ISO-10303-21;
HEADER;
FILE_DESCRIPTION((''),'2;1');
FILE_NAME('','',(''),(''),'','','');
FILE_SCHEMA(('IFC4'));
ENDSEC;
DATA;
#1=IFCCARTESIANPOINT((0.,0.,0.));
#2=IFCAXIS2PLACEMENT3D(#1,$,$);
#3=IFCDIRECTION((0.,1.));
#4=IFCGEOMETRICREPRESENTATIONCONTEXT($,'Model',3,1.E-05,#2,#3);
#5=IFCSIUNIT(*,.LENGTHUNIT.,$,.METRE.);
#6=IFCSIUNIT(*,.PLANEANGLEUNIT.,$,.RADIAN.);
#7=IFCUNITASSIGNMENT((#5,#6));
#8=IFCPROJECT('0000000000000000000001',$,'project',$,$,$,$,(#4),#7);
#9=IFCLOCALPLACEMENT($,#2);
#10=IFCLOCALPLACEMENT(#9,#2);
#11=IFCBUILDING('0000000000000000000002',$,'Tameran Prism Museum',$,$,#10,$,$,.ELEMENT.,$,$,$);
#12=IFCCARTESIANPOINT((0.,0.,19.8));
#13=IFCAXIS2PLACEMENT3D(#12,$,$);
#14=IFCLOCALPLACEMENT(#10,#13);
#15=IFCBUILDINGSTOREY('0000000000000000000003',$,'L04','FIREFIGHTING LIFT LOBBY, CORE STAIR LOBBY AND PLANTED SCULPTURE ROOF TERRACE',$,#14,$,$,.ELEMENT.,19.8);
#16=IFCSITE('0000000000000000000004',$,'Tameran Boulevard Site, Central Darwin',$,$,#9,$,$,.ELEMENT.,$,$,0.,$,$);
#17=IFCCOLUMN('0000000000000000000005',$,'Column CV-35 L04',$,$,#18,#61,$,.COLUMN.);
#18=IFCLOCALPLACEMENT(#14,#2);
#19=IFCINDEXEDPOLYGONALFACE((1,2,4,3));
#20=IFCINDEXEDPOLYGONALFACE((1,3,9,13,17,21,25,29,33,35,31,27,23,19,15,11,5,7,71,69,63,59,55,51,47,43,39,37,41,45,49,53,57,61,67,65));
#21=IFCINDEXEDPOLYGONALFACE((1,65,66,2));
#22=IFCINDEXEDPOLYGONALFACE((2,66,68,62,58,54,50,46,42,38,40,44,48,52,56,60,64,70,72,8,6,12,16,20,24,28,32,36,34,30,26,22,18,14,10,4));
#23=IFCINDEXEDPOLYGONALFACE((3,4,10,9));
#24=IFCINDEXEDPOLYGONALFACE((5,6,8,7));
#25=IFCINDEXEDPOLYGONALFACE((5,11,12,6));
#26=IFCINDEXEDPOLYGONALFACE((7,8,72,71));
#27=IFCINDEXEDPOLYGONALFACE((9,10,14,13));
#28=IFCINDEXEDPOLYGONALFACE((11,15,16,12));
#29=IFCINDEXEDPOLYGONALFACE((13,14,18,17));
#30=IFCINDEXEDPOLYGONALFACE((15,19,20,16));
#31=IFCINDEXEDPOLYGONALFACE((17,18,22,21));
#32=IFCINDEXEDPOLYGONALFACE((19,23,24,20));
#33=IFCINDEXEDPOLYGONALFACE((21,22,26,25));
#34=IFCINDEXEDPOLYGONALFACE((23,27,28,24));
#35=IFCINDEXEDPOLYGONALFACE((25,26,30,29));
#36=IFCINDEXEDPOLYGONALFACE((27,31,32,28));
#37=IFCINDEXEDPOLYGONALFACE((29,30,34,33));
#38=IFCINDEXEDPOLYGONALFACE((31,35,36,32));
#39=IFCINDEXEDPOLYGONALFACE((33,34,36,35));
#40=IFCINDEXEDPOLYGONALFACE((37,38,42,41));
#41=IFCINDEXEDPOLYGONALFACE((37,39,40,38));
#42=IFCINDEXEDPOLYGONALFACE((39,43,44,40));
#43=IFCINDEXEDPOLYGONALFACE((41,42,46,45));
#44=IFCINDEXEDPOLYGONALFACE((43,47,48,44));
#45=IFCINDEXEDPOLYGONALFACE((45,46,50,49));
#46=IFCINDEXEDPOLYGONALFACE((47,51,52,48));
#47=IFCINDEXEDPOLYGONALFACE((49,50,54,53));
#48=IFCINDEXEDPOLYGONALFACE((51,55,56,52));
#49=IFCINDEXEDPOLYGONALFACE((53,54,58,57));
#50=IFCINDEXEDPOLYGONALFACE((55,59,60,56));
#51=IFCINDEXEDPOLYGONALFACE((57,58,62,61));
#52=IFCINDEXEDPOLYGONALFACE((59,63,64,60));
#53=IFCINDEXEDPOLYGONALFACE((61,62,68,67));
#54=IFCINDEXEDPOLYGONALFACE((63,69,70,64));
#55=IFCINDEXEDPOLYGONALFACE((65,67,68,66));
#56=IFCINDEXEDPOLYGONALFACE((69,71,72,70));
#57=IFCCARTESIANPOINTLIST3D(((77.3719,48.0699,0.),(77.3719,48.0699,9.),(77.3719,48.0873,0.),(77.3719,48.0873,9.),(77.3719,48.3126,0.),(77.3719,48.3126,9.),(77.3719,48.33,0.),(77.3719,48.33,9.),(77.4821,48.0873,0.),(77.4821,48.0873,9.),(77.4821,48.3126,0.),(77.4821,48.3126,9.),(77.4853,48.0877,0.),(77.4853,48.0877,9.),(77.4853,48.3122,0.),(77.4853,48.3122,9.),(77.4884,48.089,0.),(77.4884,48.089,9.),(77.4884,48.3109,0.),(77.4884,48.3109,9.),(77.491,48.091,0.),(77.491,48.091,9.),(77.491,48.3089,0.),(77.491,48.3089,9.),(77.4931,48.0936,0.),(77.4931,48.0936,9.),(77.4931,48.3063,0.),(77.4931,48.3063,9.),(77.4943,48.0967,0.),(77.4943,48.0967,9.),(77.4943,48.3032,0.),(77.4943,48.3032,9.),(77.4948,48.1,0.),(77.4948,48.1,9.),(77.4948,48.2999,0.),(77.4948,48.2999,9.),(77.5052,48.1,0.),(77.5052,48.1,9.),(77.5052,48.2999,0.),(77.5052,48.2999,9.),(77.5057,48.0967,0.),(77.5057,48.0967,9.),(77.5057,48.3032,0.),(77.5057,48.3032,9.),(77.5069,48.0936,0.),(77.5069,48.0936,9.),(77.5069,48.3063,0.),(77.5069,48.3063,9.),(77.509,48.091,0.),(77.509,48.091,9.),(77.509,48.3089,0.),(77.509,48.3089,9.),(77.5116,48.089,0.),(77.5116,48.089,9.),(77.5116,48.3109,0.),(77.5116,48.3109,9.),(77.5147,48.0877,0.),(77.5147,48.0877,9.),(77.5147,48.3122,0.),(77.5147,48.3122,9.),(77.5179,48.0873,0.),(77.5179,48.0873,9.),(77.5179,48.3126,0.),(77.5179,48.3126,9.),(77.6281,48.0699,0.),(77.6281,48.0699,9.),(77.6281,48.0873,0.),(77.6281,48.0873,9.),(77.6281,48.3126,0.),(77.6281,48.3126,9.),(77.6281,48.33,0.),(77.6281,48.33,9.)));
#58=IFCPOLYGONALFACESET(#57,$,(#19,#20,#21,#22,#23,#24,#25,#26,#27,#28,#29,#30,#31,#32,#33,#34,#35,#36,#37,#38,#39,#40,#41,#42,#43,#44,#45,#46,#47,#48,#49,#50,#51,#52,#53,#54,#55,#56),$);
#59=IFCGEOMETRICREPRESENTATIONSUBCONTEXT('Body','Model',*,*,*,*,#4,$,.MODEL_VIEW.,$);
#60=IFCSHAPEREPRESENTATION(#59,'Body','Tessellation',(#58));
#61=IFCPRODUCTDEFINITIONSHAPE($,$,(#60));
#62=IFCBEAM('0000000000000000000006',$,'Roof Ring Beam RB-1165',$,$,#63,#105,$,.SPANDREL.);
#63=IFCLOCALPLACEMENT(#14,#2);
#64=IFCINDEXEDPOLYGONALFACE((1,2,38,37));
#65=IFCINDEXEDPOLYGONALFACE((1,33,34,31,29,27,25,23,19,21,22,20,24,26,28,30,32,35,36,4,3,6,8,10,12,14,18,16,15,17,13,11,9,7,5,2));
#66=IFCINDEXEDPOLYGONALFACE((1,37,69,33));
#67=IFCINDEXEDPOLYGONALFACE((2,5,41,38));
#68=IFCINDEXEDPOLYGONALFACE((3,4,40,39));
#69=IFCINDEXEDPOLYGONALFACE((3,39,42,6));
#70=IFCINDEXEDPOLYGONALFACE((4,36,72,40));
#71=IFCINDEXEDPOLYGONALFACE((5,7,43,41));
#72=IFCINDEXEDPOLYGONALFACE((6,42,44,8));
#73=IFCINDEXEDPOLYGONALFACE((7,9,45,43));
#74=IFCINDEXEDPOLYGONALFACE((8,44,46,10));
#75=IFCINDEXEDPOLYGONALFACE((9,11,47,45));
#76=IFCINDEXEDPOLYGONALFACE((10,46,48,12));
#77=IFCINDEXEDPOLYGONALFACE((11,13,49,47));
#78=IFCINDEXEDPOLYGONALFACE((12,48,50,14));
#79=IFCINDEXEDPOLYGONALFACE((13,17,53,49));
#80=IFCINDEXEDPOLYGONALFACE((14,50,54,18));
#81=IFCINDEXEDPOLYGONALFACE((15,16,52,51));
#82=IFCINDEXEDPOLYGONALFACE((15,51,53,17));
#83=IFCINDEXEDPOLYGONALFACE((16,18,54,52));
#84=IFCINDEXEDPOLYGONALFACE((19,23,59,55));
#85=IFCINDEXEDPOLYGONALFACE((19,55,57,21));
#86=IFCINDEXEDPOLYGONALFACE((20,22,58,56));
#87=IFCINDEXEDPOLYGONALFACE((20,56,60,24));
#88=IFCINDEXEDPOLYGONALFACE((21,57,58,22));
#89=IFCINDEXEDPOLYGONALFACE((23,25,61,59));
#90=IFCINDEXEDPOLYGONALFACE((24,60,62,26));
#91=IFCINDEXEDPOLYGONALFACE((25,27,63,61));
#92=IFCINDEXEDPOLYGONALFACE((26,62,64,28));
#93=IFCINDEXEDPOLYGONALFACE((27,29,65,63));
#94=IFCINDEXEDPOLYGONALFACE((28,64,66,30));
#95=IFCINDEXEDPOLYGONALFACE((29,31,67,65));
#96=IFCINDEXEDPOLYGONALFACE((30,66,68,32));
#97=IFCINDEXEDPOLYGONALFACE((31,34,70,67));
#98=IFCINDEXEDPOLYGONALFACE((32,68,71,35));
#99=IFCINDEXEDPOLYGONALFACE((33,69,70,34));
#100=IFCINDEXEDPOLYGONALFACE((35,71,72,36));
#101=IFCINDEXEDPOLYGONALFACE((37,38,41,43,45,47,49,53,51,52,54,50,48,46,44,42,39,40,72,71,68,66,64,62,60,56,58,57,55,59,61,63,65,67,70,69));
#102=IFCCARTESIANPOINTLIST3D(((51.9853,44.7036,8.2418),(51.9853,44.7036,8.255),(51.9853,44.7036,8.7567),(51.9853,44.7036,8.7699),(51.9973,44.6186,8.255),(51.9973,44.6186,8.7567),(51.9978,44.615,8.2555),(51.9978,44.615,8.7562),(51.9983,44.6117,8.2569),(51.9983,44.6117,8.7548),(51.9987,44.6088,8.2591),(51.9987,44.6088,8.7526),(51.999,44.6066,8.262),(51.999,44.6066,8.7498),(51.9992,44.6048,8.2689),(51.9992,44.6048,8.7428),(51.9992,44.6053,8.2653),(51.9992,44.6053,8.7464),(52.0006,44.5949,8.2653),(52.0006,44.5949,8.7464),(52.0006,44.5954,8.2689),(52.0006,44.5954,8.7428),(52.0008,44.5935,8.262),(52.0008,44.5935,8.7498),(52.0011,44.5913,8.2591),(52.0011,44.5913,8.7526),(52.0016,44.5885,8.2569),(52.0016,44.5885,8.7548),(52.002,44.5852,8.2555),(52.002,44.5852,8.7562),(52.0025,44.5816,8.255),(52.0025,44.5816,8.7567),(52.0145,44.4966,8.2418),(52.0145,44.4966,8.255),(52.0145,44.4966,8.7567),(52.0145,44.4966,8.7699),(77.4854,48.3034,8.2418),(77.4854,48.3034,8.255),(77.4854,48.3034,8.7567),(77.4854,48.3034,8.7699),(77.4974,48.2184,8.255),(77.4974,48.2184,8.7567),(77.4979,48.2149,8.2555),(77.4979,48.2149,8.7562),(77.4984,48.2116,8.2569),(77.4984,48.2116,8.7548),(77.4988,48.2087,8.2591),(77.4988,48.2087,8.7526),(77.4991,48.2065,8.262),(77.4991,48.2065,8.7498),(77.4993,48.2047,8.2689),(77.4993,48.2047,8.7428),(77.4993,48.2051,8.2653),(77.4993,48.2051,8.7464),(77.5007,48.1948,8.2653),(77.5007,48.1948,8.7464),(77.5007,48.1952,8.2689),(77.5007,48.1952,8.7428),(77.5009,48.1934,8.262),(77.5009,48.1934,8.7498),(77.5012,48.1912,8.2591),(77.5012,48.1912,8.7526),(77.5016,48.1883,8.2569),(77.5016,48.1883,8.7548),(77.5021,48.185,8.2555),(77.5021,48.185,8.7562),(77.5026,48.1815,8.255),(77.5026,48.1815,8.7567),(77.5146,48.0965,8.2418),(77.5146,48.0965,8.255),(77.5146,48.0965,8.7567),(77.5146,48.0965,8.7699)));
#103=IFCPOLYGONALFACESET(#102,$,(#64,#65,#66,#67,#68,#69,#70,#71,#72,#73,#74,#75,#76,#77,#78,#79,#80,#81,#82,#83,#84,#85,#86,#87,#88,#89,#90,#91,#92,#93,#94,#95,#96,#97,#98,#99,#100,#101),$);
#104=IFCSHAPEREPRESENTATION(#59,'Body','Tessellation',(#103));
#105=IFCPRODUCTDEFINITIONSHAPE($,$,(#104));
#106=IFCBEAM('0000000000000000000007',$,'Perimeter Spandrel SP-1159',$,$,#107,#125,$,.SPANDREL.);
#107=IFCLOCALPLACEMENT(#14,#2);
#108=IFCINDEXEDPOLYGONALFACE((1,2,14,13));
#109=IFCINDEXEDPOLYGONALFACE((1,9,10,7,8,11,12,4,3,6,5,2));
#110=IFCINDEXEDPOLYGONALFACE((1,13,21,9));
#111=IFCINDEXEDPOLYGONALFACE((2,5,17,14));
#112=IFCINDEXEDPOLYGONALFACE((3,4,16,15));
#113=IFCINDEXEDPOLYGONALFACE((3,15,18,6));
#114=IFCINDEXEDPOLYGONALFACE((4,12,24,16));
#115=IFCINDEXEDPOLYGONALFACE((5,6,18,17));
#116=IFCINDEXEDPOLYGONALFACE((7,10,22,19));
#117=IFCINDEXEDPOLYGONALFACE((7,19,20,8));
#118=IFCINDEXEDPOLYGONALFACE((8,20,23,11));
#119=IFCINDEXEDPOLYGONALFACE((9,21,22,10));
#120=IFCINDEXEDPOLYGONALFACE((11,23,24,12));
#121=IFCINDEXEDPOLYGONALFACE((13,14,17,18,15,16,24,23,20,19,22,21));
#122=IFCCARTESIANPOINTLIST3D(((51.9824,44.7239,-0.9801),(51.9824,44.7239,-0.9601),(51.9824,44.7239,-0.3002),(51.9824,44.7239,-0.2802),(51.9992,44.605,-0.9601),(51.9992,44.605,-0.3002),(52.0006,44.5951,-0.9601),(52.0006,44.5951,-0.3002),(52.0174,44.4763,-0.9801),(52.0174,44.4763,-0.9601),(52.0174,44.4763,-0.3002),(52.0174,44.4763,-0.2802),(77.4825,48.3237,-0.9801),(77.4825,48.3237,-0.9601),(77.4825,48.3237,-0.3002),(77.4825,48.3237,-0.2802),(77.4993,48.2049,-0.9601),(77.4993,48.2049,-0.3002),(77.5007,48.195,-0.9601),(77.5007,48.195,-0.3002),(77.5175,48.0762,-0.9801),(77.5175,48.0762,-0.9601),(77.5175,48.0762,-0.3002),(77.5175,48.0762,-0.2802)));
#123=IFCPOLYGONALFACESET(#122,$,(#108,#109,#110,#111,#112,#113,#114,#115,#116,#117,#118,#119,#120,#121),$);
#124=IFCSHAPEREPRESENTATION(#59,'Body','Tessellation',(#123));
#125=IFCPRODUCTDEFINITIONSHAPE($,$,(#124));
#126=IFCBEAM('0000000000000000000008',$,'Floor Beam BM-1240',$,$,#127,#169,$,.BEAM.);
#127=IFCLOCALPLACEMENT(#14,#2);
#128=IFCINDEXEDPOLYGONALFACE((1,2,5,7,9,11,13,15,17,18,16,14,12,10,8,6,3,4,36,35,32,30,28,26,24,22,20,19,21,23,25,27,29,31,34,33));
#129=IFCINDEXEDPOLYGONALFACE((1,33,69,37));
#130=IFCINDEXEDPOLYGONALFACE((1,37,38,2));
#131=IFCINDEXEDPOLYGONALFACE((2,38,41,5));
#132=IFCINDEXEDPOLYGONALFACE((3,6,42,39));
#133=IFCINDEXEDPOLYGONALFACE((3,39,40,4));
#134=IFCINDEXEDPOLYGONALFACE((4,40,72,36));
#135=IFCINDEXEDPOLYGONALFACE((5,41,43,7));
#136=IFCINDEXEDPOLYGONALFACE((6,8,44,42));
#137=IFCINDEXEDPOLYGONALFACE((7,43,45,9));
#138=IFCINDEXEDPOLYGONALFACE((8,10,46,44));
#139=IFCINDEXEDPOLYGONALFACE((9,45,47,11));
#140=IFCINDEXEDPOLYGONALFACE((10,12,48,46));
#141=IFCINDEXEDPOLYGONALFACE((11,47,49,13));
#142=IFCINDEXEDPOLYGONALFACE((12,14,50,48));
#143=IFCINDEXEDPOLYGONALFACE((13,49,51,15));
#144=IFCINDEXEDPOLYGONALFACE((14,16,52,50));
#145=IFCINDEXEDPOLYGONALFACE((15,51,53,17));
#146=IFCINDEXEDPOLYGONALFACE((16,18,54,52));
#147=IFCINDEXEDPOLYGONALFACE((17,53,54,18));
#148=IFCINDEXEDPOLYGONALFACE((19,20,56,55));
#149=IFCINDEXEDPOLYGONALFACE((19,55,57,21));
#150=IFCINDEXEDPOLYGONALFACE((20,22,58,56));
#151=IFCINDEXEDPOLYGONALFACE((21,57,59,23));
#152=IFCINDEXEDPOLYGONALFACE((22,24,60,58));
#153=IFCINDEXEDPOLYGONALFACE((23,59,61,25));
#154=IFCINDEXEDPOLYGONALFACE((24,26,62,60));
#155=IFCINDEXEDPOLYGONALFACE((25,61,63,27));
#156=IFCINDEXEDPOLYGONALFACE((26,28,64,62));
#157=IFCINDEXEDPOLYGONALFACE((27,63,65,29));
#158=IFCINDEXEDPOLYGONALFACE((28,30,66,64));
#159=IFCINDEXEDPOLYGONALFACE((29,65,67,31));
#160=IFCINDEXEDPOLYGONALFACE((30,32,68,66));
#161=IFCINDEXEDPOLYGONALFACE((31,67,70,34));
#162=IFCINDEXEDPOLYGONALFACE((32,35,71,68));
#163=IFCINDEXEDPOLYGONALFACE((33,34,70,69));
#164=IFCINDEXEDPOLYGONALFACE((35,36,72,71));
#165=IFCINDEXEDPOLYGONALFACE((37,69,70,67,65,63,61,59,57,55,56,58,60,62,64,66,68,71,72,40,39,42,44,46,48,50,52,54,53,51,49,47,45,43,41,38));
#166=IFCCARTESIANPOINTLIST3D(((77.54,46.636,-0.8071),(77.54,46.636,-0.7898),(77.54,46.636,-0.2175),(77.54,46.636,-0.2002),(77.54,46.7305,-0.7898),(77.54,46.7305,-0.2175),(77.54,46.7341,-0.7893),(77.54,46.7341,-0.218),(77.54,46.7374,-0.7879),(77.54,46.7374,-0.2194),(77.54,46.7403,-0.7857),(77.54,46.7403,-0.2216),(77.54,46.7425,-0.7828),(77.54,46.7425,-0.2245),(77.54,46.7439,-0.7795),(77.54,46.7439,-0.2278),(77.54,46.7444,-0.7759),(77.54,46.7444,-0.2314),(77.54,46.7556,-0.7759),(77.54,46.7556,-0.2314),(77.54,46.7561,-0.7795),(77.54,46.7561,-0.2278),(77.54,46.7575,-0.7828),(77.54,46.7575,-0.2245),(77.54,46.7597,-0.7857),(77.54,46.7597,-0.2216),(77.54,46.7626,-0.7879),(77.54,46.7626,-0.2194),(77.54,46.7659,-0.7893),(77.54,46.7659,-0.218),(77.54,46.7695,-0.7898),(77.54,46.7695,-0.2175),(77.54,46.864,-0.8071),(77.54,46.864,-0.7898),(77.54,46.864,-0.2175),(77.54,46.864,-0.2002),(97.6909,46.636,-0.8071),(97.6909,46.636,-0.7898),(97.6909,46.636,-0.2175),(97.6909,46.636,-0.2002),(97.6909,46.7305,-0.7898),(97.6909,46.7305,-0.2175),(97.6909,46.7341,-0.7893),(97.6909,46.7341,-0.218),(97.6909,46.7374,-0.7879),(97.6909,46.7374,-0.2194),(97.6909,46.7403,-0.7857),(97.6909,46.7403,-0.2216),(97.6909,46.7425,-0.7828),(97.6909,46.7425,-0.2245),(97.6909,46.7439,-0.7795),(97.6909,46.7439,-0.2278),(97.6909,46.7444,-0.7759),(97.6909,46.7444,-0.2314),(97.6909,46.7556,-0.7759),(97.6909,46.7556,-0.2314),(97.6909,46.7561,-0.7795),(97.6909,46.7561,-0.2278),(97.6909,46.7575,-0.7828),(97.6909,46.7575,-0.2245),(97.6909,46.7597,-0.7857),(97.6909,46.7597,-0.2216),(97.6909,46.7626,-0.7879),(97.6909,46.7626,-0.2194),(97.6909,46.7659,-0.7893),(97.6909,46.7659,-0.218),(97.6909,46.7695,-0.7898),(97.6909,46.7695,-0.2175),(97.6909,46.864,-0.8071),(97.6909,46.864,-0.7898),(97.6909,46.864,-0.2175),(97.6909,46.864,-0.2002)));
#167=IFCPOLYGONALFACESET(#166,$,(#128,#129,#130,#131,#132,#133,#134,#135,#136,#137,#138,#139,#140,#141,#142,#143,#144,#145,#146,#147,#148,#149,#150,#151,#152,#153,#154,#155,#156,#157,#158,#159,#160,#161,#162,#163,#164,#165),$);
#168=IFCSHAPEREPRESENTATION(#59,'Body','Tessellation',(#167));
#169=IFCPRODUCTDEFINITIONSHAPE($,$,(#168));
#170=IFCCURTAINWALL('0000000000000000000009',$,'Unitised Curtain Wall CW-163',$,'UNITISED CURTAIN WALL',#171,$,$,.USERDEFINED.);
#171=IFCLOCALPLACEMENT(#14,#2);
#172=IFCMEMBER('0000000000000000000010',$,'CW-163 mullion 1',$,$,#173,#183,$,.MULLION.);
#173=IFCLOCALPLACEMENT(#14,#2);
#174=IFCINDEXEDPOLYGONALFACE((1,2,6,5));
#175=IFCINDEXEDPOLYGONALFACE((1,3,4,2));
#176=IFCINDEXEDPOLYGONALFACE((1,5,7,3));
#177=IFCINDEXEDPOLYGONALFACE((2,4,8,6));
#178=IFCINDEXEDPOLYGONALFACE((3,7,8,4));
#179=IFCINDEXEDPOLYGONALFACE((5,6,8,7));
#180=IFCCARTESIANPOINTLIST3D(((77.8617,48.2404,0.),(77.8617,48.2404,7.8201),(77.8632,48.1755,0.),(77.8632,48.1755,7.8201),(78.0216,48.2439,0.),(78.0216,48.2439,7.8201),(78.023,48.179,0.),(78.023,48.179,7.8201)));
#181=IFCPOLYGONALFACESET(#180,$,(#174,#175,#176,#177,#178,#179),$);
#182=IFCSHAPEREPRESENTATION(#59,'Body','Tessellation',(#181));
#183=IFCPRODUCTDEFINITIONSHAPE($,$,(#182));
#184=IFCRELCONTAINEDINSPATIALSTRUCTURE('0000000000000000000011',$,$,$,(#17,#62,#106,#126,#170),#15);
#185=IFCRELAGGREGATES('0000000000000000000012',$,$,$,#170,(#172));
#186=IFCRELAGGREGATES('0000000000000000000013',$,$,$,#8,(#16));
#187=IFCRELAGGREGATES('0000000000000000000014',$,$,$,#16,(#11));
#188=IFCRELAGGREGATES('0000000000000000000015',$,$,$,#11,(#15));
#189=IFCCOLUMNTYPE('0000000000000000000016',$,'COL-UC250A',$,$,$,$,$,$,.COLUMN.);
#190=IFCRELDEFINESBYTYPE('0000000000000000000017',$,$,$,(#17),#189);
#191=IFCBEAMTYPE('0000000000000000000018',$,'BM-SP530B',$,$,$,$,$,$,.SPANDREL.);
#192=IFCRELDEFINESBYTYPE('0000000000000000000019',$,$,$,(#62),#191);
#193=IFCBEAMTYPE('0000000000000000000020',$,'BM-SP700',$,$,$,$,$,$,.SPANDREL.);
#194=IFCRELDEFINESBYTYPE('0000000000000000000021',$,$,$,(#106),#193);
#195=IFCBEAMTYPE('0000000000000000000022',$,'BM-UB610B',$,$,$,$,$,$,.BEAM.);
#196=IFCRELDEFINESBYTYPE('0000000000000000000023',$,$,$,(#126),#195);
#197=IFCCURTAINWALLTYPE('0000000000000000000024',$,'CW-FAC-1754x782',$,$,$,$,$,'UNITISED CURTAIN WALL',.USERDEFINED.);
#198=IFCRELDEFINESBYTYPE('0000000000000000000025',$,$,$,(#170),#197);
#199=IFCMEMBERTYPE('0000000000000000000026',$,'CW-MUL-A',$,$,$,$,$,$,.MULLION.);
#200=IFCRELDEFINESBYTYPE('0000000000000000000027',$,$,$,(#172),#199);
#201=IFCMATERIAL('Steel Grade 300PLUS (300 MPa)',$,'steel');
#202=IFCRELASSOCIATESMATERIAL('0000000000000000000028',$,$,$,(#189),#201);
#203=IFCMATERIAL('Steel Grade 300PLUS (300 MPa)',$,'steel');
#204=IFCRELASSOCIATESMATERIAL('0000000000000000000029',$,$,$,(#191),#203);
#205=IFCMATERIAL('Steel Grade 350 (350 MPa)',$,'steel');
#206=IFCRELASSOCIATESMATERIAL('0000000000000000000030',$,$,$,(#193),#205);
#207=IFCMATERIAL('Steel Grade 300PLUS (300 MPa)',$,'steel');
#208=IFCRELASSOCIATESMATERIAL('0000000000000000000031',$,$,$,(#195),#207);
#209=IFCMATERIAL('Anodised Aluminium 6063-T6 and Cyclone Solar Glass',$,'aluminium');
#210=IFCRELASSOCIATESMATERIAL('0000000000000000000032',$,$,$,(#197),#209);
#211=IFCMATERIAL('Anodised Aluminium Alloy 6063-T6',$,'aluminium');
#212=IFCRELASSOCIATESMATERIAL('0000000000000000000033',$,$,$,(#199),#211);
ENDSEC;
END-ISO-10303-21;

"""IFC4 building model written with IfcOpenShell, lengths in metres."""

from ifc_helpers import new_model, si_unit, direction, frame, origin, origin_2d, place, context, subcontext, project, spatial, rectangle, i_section, extrude, material, material_profile, profile_set, type_object, element, aggregate, save


model = new_model("IFC4")

# Units and contexts
model_context = context("Model", 3, precision=1e-05, world=origin(), true_north=direction((0.0, 1.0)))
body_context = subcontext(model_context, "Body", "Model", "MODEL_VIEW")
ifc_project = project(units=[si_unit("LENGTHUNIT", "METRE"), si_unit("PLANEANGLEUNIT", "RADIAN")], contexts=[model_context])

# Site, building, storey
site_placement = place(None, origin())
site = spatial("IfcSite", under=ifc_project, at=site_placement, Name="Tameran Boulevard Site, Central Darwin", CompositionType="ELEMENT", RefElevation=0.0)
building_placement = place(site_placement, origin())
building = spatial("IfcBuilding", under=site, at=building_placement, Name="Tameran Prism Museum", CompositionType="ELEMENT")
storey_placement = place(building_placement, frame((0.0, 0.0, 19.8)))
storey = spatial("IfcBuildingStorey", under=building, at=storey_placement, Name="L04", Description="FIREFIGHTING LIFT LOBBY, CORE STAIR LOBBY AND PLANTED SCULPTURE ROOF TERRACE", CompositionType="ELEMENT", Elevation=19.8)

# Column
ifc_material_1 = material(Name="Steel Grade 300PLUS (300 MPa)", Category="steel")
ifc_material_profile_1 = material_profile(ifc_material_1, i_section(OverallWidth=0.2561, OverallDepth=0.26, WebThickness=0.0105, FlangeThickness=0.0173, FilletRadius=0.0127, at=origin_2d()))
ifc_profile_set_1 = profile_set([ifc_material_profile_1])
column_type = type_object("IfcColumnType", Name="COL-UC250A", PredefinedType="COLUMN", material=ifc_profile_set_1)
column_placement = place(storey_placement, frame((77.5, 48.2, 0.0), z_axis=(0.0, 0.0, 1.0), x_axis=(1.0, 0.0, 0.0)))
element("IfcColumn", 1, at=column_placement, inside=storey, type_object=column_type, Name="Column CV-35 L04", PredefinedType="COLUMN", context=body_context, shape_type="SweptSolid", body=[
    extrude(i_section(OverallWidth=0.2561, OverallDepth=0.26, WebThickness=0.0105, FlangeThickness=0.0173, FilletRadius=0.0127, at=origin_2d()), origin(), (0.0, 0.0, 1.0), 9.0),
])

# Beams
ifc_material_2 = material(Name="Steel Grade 300PLUS (300 MPa)", Category="steel")
ifc_material_profile_2 = material_profile(ifc_material_2, i_section(OverallWidth=0.209, OverallDepth=0.5281, WebThickness=0.0095, FlangeThickness=0.0132, FilletRadius=0.0139, at=origin_2d()))
ifc_profile_set_2 = profile_set([ifc_material_profile_2])
beam_type_1 = type_object("IfcBeamType", Name="BM-SP530B", PredefinedType="SPANDREL", material=ifc_profile_set_2)
beam_1_placement = place(storey_placement, frame((77.5, 48.2, 8.5059), z_axis=(-0.990182, -0.139785, 0.0), x_axis=(0.139785, -0.990182, 0.0)))
element("IfcBeam", 2, at=beam_1_placement, inside=storey, type_object=beam_type_1, Name="Roof Ring Beam RB-1165", PredefinedType="SPANDREL", context=body_context, shape_type="SweptSolid", body=[
    extrude(i_section(OverallWidth=0.209, OverallDepth=0.5281, WebThickness=0.0095, FlangeThickness=0.0132, FilletRadius=0.0139, at=origin_2d()), origin(), (0.0, 0.0, 1.0), 25.7529),
])
ifc_material_3 = material(Name="Steel Grade 350 (350 MPa)", Category="steel")
ifc_material_profile_3 = material_profile(ifc_material_3, i_section(OverallWidth=0.25, OverallDepth=0.7, WebThickness=0.01, FlangeThickness=0.02, at=origin_2d()))
ifc_profile_set_3 = profile_set([ifc_material_profile_3])
beam_type_2 = type_object("IfcBeamType", Name="BM-SP700", PredefinedType="SPANDREL", material=ifc_profile_set_3)
beam_2_placement = place(storey_placement, frame((77.5, 48.2, -0.6301), z_axis=(-0.990182, -0.139785, 0.0), x_axis=(0.139785, -0.990182, 0.0)))
element("IfcBeam", 3, at=beam_2_placement, inside=storey, type_object=beam_type_2, Name="Perimeter Spandrel SP-1159", PredefinedType="SPANDREL", context=body_context, shape_type="SweptSolid", body=[
    extrude(i_section(OverallWidth=0.25, OverallDepth=0.7, WebThickness=0.01, FlangeThickness=0.02, at=origin_2d()), origin(), (0.0, 0.0, 1.0), 25.7529),
])
ifc_material_4 = material(Name="Steel Grade 300PLUS (300 MPa)", Category="steel")
ifc_material_profile_4 = material_profile(ifc_material_4, i_section(OverallWidth=0.228, OverallDepth=0.6069, WebThickness=0.0112, FlangeThickness=0.0173, FilletRadius=0.0139, at=origin_2d()))
ifc_profile_set_4 = profile_set([ifc_material_profile_4])
beam_type_3 = type_object("IfcBeamType", Name="BM-UB610B", PredefinedType="BEAM", material=ifc_profile_set_4)
beam_3_placement = place(storey_placement, frame((77.54, 46.75, -0.5037), z_axis=(1.0, 0.0, 0.0), x_axis=(0.0, 1.0, 0.0)))
element("IfcBeam", 4, at=beam_3_placement, inside=storey, type_object=beam_type_3, Name="Floor Beam BM-1240", PredefinedType="BEAM", context=body_context, shape_type="SweptSolid", body=[
    extrude(i_section(OverallWidth=0.228, OverallDepth=0.6069, WebThickness=0.0112, FlangeThickness=0.0173, FilletRadius=0.0139, at=origin_2d()), origin(), (0.0, 0.0, 1.0), 20.1509),
])

# Curtain wall, member
ifc_material_5 = material(Name="Anodised Aluminium 6063-T6 and Cyclone Solar Glass", Category="aluminium")
curtain_wall_type = type_object("IfcCurtainWallType", Name="CW-FAC-1754x782", ElementType="UNITISED CURTAIN WALL", PredefinedType="USERDEFINED", material=ifc_material_5)
curtain_wall_placement = place(storey_placement, origin())
curtain_wall = element("IfcCurtainWall", 5, at=curtain_wall_placement, inside=storey, type_object=curtain_wall_type, Name="Unitised Curtain Wall CW-163", ObjectType="UNITISED CURTAIN WALL", PredefinedType="USERDEFINED")
ifc_material_6 = material(Name="Anodised Aluminium Alloy 6063-T6", Category="aluminium")
ifc_material_profile_5 = material_profile(ifc_material_6, rectangle(XDim=0.0649, YDim=0.1599, at=origin_2d()))
ifc_profile_set_5 = profile_set([ifc_material_profile_5])
member_type_1 = type_object("IfcMemberType", Name="CW-MUL-A", PredefinedType="MULLION", material=ifc_profile_set_5)
member_1_placement = place(storey_placement, frame((77.9424, 48.2097, 0.0), z_axis=(0.0, 0.0, 1.0), x_axis=(-0.021831, 0.999762, 0.0)))
member_1 = element("IfcMember", 6, at=member_1_placement, type_object=member_type_1, Name="CW-163 mullion 1", PredefinedType="MULLION", context=body_context, shape_type="SweptSolid", body=[
    extrude(rectangle(XDim=0.0649, YDim=0.1599, at=origin_2d()), origin(), (0.0, 0.0, 1.0), 7.8201),
])

aggregate(curtain_wall, [member_1])

save(model, "model.ifc")
